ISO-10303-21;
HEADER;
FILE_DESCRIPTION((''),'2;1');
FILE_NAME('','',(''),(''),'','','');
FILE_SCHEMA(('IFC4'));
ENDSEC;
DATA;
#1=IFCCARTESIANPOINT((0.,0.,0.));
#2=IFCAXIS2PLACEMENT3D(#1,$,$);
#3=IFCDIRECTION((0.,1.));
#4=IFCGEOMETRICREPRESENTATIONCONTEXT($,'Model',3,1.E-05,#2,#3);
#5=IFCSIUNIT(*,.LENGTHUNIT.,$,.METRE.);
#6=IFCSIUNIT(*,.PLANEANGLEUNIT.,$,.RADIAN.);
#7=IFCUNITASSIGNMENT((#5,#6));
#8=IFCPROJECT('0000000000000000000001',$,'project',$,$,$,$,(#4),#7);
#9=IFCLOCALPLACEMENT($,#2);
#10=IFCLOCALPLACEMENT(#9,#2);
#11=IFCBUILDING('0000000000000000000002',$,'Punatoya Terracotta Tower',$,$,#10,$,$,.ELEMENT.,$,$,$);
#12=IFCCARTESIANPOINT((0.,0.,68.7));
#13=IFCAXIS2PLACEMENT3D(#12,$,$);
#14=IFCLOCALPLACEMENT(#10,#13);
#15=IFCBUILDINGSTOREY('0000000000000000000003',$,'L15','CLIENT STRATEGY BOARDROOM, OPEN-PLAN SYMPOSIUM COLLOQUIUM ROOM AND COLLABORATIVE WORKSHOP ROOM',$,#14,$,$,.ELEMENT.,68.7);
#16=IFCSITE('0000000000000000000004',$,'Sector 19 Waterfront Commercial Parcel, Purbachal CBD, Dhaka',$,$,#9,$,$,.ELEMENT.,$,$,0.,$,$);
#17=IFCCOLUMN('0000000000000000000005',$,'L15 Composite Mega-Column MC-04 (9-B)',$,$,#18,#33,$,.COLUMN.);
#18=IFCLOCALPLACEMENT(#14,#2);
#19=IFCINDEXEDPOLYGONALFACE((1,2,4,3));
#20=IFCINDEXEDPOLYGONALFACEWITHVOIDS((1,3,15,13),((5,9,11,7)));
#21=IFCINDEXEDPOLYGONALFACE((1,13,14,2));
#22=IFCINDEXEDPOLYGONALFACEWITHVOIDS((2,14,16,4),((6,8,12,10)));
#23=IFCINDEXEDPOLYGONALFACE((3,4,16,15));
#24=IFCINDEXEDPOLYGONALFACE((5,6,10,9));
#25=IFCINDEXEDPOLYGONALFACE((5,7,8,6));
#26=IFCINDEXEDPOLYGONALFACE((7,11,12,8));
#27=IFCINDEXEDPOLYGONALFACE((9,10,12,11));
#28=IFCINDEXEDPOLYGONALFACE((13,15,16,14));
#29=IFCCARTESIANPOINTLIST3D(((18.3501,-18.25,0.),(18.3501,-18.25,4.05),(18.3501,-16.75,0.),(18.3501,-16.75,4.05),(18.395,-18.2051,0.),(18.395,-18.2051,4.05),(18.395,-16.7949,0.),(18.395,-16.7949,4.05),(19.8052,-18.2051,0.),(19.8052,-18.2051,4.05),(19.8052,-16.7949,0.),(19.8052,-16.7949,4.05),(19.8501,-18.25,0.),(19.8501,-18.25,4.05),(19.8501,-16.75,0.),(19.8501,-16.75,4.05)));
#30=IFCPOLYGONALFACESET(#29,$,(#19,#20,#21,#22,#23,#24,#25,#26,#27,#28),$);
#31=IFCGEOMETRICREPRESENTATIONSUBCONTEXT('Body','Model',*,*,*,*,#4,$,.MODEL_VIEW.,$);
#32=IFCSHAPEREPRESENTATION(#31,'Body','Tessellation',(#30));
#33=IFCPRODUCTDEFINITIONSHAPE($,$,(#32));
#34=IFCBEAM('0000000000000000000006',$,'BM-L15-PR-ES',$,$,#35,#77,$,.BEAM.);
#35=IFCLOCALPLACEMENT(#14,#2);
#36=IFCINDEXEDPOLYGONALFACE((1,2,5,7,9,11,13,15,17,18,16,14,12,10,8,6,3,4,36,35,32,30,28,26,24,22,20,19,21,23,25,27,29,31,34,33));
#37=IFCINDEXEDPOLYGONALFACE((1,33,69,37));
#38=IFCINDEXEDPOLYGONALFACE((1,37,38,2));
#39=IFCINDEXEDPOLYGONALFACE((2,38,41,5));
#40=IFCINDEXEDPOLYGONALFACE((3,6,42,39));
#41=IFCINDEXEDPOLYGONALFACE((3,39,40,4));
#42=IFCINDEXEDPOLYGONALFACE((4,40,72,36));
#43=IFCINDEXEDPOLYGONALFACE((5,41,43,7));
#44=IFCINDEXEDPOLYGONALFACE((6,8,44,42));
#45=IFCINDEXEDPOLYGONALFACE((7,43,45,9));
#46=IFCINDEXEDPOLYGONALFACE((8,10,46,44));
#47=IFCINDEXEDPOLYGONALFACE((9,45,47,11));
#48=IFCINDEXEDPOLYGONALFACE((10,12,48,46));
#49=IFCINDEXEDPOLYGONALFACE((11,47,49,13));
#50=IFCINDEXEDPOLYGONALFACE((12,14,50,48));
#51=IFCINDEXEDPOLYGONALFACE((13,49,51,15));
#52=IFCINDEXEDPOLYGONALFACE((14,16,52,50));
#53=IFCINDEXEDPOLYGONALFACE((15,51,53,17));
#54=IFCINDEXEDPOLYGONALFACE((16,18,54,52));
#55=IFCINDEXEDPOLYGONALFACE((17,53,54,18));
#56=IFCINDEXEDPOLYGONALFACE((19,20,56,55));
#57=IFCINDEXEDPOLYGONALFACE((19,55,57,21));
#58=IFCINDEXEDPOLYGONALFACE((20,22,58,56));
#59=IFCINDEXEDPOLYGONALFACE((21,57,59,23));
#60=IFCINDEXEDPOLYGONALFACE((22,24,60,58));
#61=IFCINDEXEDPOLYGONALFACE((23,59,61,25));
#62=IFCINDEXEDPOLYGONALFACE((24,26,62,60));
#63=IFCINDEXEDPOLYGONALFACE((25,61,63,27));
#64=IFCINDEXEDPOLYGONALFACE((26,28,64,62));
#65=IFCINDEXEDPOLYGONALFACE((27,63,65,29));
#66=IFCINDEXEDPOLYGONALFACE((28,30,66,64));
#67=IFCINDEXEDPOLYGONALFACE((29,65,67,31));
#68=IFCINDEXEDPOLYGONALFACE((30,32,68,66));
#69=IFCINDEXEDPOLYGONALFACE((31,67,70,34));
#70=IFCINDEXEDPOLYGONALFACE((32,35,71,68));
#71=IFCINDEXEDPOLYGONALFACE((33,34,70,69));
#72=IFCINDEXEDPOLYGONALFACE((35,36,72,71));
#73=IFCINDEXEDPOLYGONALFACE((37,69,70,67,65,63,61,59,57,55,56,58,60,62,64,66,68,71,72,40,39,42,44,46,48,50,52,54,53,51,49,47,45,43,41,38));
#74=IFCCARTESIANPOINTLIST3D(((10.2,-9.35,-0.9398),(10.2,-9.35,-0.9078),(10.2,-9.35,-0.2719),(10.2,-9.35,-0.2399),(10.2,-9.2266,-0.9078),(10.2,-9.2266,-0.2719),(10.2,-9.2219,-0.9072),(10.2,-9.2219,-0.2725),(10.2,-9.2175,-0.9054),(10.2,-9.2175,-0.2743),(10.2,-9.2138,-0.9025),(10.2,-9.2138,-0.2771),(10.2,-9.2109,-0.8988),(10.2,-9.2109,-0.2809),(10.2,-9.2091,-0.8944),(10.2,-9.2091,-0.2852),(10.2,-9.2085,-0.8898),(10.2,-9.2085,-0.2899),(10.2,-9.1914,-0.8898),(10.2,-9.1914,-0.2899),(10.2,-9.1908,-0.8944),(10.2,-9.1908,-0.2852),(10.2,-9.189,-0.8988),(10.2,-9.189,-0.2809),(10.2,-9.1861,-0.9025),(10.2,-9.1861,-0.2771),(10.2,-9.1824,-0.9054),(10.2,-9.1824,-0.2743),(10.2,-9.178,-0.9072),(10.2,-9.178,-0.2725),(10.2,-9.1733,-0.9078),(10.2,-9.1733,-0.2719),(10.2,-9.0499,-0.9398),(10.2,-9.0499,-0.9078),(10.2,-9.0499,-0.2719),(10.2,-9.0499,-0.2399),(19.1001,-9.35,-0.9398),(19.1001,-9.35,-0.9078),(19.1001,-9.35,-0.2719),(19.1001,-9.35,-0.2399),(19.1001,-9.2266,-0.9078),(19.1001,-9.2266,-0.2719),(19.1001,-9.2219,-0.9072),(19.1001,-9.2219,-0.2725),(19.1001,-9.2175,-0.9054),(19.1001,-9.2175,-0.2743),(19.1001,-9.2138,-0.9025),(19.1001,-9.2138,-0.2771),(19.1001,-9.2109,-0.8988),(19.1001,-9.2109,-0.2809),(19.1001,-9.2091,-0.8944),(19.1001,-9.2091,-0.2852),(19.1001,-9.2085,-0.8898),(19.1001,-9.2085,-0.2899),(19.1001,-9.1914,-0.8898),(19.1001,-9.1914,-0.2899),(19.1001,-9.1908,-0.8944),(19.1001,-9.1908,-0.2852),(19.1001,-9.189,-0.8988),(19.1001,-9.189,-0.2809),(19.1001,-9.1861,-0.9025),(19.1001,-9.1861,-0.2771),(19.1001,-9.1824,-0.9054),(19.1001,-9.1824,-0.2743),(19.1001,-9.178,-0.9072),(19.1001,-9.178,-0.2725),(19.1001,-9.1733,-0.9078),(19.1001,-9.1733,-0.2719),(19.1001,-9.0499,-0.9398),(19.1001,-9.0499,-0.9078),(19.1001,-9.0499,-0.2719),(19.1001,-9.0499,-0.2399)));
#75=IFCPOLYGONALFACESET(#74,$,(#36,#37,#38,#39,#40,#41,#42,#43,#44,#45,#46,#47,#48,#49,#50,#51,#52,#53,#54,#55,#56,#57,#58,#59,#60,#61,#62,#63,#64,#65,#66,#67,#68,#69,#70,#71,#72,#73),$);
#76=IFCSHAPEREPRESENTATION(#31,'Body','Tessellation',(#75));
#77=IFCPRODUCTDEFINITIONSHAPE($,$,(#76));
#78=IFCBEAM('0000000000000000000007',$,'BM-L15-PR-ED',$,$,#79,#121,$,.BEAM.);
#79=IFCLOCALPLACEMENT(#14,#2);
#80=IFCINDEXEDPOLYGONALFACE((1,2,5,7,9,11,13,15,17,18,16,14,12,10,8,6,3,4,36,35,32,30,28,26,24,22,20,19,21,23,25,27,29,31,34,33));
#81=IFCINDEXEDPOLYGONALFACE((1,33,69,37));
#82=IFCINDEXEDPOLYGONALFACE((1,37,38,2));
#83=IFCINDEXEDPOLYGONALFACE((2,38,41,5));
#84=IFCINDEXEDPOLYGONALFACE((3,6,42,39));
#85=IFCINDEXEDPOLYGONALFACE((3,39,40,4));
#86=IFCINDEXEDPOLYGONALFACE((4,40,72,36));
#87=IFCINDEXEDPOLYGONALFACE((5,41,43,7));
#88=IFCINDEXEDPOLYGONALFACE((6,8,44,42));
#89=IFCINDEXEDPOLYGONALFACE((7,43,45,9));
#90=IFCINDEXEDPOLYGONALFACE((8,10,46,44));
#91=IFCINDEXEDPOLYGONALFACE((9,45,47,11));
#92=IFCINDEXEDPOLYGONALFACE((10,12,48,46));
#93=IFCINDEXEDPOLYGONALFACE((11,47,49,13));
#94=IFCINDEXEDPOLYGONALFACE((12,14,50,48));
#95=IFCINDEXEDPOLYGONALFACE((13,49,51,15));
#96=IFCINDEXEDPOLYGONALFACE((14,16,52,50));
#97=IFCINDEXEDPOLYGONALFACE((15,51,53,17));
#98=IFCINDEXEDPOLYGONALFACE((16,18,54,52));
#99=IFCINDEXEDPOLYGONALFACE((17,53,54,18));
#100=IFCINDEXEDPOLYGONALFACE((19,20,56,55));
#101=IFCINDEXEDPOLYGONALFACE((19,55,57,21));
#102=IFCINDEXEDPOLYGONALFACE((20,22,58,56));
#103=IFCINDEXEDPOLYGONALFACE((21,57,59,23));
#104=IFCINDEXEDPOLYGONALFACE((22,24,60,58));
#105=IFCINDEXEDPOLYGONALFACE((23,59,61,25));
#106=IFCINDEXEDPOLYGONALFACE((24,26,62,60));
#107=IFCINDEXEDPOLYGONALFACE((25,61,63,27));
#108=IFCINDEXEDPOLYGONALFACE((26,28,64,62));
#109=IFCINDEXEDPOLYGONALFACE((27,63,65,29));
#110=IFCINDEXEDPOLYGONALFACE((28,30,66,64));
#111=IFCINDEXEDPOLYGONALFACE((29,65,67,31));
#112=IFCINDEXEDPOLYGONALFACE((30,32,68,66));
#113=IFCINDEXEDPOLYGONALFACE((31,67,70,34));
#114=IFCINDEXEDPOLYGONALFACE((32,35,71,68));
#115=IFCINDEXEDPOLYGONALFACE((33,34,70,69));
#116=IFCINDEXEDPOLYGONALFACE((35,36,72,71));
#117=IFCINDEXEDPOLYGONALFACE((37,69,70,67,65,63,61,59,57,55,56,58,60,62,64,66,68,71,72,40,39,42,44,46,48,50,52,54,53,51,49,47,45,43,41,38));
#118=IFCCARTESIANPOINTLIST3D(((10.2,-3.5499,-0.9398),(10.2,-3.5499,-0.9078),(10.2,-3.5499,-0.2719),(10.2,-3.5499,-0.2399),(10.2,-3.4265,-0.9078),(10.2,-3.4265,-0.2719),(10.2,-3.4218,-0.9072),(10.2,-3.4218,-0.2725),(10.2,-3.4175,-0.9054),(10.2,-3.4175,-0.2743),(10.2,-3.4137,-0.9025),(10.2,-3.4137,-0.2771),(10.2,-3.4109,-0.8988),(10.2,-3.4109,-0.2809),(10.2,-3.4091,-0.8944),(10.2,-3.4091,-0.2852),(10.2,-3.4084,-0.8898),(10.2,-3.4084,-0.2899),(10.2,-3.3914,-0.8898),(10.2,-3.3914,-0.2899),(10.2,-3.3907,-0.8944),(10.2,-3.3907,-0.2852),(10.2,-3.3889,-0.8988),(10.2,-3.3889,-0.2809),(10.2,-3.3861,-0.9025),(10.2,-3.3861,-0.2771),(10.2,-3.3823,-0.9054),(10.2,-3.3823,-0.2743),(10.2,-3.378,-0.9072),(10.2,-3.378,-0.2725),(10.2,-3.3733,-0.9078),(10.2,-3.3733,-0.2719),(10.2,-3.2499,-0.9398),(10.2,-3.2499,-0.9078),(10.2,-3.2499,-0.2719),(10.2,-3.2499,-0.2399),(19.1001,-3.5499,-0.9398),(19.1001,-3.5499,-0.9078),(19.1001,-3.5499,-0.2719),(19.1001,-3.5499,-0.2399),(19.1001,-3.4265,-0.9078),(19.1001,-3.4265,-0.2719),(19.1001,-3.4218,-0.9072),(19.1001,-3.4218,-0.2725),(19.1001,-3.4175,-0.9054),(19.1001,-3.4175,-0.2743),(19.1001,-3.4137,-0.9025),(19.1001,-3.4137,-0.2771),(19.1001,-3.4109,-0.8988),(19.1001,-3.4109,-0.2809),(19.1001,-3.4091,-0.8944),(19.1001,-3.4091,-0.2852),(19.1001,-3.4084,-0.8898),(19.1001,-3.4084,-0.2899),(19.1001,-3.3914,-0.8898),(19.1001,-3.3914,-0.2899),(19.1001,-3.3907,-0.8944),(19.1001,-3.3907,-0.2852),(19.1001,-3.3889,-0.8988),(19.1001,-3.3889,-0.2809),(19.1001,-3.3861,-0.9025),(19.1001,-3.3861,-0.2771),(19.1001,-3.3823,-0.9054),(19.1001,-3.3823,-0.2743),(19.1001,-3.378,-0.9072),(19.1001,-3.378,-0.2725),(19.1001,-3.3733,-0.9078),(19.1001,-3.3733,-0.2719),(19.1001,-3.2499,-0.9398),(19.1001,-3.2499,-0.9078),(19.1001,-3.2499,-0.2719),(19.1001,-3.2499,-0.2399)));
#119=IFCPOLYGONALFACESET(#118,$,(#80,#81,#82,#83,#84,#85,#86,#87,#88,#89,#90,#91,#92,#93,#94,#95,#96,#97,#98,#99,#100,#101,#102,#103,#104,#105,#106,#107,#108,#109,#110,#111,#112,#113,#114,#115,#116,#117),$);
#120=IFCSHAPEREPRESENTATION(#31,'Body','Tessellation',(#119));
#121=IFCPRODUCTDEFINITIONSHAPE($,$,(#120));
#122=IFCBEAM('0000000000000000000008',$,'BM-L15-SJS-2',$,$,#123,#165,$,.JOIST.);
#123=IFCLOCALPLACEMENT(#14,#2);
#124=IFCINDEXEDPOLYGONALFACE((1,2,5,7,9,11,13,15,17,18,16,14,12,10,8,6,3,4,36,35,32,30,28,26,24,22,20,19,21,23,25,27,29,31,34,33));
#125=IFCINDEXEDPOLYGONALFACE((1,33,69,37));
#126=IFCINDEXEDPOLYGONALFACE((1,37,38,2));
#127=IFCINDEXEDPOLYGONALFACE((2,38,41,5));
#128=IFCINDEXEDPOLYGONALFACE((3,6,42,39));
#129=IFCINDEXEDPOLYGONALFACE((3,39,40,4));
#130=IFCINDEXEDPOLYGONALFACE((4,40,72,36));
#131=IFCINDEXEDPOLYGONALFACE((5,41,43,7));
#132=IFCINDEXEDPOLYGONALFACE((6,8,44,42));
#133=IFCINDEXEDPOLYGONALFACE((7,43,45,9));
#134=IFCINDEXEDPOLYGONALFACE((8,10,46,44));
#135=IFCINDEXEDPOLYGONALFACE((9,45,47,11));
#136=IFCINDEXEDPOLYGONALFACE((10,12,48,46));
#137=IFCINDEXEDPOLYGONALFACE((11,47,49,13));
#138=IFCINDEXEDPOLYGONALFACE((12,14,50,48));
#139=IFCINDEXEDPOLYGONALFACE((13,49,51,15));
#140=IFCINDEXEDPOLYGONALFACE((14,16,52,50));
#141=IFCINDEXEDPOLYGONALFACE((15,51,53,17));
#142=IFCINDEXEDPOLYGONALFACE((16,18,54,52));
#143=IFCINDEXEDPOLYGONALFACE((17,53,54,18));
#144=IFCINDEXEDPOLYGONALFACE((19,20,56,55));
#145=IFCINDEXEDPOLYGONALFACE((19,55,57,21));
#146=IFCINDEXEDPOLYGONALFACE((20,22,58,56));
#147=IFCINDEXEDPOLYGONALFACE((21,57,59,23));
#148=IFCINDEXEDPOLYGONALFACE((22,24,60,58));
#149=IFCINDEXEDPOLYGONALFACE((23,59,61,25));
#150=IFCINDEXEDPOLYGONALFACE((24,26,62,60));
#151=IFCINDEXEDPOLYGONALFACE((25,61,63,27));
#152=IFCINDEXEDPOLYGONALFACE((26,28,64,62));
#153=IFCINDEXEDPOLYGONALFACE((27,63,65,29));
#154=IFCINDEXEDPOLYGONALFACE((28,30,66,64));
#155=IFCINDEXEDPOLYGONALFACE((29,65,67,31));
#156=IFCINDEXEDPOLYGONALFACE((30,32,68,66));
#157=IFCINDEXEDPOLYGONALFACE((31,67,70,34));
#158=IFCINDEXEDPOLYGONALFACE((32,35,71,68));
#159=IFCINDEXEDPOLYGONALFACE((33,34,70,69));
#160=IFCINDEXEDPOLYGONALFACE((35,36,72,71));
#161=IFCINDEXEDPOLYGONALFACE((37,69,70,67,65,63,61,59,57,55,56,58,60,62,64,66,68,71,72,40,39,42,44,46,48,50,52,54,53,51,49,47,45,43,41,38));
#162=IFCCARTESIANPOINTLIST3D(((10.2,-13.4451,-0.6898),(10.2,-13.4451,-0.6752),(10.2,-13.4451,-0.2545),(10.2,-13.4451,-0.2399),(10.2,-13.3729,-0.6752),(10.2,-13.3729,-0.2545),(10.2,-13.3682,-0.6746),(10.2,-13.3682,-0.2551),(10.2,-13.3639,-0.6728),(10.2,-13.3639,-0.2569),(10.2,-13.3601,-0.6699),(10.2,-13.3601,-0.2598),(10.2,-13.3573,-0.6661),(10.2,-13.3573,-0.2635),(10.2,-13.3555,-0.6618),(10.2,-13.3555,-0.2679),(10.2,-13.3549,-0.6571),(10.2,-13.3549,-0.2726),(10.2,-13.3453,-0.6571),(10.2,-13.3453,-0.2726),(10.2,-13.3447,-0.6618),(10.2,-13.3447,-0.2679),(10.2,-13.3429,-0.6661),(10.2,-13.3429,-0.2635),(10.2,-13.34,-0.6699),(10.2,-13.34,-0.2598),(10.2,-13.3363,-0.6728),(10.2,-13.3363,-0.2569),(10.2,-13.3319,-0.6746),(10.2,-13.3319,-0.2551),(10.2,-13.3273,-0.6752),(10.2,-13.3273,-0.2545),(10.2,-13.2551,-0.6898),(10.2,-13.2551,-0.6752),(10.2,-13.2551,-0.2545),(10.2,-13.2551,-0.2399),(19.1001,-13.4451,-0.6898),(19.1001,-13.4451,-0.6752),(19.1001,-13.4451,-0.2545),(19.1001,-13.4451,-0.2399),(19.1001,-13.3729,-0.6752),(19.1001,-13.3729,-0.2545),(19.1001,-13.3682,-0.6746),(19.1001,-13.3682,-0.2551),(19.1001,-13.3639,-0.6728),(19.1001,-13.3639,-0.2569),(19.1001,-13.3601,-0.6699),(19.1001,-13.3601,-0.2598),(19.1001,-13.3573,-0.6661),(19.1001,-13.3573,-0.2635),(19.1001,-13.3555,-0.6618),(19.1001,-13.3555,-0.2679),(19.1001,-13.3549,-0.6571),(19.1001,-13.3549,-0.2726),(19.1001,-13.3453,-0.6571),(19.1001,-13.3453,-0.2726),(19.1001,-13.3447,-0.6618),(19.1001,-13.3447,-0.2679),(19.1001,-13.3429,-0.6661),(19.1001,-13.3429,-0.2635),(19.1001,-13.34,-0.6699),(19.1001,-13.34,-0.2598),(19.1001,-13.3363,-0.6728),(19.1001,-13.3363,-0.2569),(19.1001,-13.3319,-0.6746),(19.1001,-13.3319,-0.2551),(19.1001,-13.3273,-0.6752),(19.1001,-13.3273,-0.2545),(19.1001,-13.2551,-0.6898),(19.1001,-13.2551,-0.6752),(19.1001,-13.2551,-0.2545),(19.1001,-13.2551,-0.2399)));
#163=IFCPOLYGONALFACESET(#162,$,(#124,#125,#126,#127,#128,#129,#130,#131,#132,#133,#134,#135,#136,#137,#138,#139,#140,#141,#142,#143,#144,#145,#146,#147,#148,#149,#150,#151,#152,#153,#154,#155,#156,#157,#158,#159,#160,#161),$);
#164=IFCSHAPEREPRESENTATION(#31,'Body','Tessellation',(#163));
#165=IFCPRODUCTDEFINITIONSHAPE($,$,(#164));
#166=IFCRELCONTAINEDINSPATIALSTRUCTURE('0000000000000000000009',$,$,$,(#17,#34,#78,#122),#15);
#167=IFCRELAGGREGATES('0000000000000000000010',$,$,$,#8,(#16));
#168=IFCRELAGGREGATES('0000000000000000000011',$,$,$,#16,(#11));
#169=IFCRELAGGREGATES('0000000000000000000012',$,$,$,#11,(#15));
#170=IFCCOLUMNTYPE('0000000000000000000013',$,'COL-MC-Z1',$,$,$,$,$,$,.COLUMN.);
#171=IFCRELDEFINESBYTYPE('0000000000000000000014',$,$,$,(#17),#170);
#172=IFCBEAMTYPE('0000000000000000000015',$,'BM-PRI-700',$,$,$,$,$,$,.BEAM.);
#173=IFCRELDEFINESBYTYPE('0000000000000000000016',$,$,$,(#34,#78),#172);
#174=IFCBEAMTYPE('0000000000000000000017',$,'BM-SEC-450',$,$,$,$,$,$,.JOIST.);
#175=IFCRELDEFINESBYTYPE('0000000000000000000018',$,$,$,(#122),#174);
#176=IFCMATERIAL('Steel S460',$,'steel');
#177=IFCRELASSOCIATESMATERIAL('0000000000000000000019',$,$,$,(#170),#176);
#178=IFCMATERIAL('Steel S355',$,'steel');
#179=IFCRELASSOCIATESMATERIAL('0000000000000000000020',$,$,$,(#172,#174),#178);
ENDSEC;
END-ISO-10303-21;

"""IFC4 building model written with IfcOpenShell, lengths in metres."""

from ifc_helpers import new_model, si_unit, direction, frame, origin, origin_2d, place, context, subcontext, project, spatial, hollow_rectangle, i_section, extrude, material, material_profile, profile_set, type_object, element, save


model = new_model("IFC4")

# Units and contexts
model_context = context("Model", 3, precision=1e-05, world=origin(), true_north=direction((0.0, 1.0)))
body_context = subcontext(model_context, "Body", "Model", "MODEL_VIEW")
ifc_project = project(units=[si_unit("LENGTHUNIT", "METRE"), si_unit("PLANEANGLEUNIT", "RADIAN")], contexts=[model_context])

# Site, building, storey
site_placement = place(None, origin())
site = spatial("IfcSite", under=ifc_project, at=site_placement, Name="Sector 19 Waterfront Commercial Parcel, Purbachal CBD, Dhaka", CompositionType="ELEMENT", RefElevation=0.0)
building_placement = place(site_placement, origin())
building = spatial("IfcBuilding", under=site, at=building_placement, Name="Punatoya Terracotta Tower", CompositionType="ELEMENT")
storey_placement = place(building_placement, frame((0.0, 0.0, 68.7)))
storey = spatial("IfcBuildingStorey", under=building, at=storey_placement, Name="L15", Description="CLIENT STRATEGY BOARDROOM, OPEN-PLAN SYMPOSIUM COLLOQUIUM ROOM AND COLLABORATIVE WORKSHOP ROOM", CompositionType="ELEMENT", Elevation=68.7)

# Column
ifc_material_1 = material(Name="Steel S460", Category="steel")
ifc_material_profile_1 = material_profile(ifc_material_1, hollow_rectangle(XDim=1.5, YDim=1.5, WallThickness=0.0449, at=origin_2d()))
ifc_profile_set_1 = profile_set([ifc_material_profile_1], Name="Steel S460")
column_type = type_object("IfcColumnType", Name="COL-MC-Z1", PredefinedType="COLUMN", material=ifc_profile_set_1)
column_placement = place(storey_placement, frame((19.1001, -17.5, 0.0), z_axis=(0.0, 0.0, 1.0), x_axis=(1.0, 0.0, 0.0)))
element("IfcColumn", 1, at=column_placement, inside=storey, type_object=column_type, Name="L15 Composite Mega-Column MC-04 (9-B)", PredefinedType="COLUMN", context=body_context, shape_type="SweptSolid", body=[
    extrude(hollow_rectangle(XDim=1.5, YDim=1.5, WallThickness=0.0449, at=origin_2d()), origin(), (0.0, 0.0, 1.0), 4.05),
])

# Beams
ifc_material_2 = material(Name="Steel S355", Category="steel")
ifc_material_profile_2 = material_profile(ifc_material_2, i_section(OverallWidth=0.3, OverallDepth=0.7, WebThickness=0.0171, FlangeThickness=0.032, FilletRadius=0.0181, at=origin_2d()))
ifc_profile_set_2 = profile_set([ifc_material_profile_2], Name="Steel S355")
beam_type_1 = type_object("IfcBeamType", Name="BM-PRI-700", PredefinedType="BEAM", material=ifc_profile_set_2)
for number, where, z_axis, x_axis, name in (
    (2, (10.2, -9.2, -0.5898), (1.0, 0.0, 0.0), (0.0, 1.0, 0.0), "BM-L15-PR-ES"),
    (3, (10.2, -3.3999, -0.5898), (1.0, 0.0, 0.0), (0.0, 1.0, 0.0), "BM-L15-PR-ED"),
):
    element("IfcBeam", number, at=place(storey_placement, frame(where, z_axis=z_axis, x_axis=x_axis)), inside=storey, type_object=beam_type_1, Name=name, PredefinedType="BEAM", context=body_context, shape_type="SweptSolid", body=[
        extrude(i_section(OverallWidth=0.3, OverallDepth=0.7, WebThickness=0.0171, FlangeThickness=0.032, FilletRadius=0.0181, at=origin_2d()), origin(), (0.0, 0.0, 1.0), 8.9001),
    ])
ifc_material_profile_3 = material_profile(ifc_material_2, i_section(OverallWidth=0.1899, OverallDepth=0.45, WebThickness=0.0095, FlangeThickness=0.0146, FilletRadius=0.0181, at=origin_2d()))
ifc_profile_set_3 = profile_set([ifc_material_profile_3], Name="Steel S355")
beam_type_2 = type_object("IfcBeamType", Name="BM-SEC-450", PredefinedType="JOIST", material=ifc_profile_set_3)
beam_placement = place(storey_placement, frame((10.2, -13.3501, -0.4648), z_axis=(1.0, 0.0, 0.0), x_axis=(0.0, 1.0, 0.0)))
element("IfcBeam", 4, at=beam_placement, inside=storey, type_object=beam_type_2, Name="BM-L15-SJS-2", PredefinedType="JOIST", context=body_context, shape_type="SweptSolid", body=[
    extrude(i_section(OverallWidth=0.1899, OverallDepth=0.45, WebThickness=0.0095, FlangeThickness=0.0146, FilletRadius=0.0181, at=origin_2d()), origin(), (0.0, 0.0, 1.0), 8.9001),
])

save(model, "model.ifc")
